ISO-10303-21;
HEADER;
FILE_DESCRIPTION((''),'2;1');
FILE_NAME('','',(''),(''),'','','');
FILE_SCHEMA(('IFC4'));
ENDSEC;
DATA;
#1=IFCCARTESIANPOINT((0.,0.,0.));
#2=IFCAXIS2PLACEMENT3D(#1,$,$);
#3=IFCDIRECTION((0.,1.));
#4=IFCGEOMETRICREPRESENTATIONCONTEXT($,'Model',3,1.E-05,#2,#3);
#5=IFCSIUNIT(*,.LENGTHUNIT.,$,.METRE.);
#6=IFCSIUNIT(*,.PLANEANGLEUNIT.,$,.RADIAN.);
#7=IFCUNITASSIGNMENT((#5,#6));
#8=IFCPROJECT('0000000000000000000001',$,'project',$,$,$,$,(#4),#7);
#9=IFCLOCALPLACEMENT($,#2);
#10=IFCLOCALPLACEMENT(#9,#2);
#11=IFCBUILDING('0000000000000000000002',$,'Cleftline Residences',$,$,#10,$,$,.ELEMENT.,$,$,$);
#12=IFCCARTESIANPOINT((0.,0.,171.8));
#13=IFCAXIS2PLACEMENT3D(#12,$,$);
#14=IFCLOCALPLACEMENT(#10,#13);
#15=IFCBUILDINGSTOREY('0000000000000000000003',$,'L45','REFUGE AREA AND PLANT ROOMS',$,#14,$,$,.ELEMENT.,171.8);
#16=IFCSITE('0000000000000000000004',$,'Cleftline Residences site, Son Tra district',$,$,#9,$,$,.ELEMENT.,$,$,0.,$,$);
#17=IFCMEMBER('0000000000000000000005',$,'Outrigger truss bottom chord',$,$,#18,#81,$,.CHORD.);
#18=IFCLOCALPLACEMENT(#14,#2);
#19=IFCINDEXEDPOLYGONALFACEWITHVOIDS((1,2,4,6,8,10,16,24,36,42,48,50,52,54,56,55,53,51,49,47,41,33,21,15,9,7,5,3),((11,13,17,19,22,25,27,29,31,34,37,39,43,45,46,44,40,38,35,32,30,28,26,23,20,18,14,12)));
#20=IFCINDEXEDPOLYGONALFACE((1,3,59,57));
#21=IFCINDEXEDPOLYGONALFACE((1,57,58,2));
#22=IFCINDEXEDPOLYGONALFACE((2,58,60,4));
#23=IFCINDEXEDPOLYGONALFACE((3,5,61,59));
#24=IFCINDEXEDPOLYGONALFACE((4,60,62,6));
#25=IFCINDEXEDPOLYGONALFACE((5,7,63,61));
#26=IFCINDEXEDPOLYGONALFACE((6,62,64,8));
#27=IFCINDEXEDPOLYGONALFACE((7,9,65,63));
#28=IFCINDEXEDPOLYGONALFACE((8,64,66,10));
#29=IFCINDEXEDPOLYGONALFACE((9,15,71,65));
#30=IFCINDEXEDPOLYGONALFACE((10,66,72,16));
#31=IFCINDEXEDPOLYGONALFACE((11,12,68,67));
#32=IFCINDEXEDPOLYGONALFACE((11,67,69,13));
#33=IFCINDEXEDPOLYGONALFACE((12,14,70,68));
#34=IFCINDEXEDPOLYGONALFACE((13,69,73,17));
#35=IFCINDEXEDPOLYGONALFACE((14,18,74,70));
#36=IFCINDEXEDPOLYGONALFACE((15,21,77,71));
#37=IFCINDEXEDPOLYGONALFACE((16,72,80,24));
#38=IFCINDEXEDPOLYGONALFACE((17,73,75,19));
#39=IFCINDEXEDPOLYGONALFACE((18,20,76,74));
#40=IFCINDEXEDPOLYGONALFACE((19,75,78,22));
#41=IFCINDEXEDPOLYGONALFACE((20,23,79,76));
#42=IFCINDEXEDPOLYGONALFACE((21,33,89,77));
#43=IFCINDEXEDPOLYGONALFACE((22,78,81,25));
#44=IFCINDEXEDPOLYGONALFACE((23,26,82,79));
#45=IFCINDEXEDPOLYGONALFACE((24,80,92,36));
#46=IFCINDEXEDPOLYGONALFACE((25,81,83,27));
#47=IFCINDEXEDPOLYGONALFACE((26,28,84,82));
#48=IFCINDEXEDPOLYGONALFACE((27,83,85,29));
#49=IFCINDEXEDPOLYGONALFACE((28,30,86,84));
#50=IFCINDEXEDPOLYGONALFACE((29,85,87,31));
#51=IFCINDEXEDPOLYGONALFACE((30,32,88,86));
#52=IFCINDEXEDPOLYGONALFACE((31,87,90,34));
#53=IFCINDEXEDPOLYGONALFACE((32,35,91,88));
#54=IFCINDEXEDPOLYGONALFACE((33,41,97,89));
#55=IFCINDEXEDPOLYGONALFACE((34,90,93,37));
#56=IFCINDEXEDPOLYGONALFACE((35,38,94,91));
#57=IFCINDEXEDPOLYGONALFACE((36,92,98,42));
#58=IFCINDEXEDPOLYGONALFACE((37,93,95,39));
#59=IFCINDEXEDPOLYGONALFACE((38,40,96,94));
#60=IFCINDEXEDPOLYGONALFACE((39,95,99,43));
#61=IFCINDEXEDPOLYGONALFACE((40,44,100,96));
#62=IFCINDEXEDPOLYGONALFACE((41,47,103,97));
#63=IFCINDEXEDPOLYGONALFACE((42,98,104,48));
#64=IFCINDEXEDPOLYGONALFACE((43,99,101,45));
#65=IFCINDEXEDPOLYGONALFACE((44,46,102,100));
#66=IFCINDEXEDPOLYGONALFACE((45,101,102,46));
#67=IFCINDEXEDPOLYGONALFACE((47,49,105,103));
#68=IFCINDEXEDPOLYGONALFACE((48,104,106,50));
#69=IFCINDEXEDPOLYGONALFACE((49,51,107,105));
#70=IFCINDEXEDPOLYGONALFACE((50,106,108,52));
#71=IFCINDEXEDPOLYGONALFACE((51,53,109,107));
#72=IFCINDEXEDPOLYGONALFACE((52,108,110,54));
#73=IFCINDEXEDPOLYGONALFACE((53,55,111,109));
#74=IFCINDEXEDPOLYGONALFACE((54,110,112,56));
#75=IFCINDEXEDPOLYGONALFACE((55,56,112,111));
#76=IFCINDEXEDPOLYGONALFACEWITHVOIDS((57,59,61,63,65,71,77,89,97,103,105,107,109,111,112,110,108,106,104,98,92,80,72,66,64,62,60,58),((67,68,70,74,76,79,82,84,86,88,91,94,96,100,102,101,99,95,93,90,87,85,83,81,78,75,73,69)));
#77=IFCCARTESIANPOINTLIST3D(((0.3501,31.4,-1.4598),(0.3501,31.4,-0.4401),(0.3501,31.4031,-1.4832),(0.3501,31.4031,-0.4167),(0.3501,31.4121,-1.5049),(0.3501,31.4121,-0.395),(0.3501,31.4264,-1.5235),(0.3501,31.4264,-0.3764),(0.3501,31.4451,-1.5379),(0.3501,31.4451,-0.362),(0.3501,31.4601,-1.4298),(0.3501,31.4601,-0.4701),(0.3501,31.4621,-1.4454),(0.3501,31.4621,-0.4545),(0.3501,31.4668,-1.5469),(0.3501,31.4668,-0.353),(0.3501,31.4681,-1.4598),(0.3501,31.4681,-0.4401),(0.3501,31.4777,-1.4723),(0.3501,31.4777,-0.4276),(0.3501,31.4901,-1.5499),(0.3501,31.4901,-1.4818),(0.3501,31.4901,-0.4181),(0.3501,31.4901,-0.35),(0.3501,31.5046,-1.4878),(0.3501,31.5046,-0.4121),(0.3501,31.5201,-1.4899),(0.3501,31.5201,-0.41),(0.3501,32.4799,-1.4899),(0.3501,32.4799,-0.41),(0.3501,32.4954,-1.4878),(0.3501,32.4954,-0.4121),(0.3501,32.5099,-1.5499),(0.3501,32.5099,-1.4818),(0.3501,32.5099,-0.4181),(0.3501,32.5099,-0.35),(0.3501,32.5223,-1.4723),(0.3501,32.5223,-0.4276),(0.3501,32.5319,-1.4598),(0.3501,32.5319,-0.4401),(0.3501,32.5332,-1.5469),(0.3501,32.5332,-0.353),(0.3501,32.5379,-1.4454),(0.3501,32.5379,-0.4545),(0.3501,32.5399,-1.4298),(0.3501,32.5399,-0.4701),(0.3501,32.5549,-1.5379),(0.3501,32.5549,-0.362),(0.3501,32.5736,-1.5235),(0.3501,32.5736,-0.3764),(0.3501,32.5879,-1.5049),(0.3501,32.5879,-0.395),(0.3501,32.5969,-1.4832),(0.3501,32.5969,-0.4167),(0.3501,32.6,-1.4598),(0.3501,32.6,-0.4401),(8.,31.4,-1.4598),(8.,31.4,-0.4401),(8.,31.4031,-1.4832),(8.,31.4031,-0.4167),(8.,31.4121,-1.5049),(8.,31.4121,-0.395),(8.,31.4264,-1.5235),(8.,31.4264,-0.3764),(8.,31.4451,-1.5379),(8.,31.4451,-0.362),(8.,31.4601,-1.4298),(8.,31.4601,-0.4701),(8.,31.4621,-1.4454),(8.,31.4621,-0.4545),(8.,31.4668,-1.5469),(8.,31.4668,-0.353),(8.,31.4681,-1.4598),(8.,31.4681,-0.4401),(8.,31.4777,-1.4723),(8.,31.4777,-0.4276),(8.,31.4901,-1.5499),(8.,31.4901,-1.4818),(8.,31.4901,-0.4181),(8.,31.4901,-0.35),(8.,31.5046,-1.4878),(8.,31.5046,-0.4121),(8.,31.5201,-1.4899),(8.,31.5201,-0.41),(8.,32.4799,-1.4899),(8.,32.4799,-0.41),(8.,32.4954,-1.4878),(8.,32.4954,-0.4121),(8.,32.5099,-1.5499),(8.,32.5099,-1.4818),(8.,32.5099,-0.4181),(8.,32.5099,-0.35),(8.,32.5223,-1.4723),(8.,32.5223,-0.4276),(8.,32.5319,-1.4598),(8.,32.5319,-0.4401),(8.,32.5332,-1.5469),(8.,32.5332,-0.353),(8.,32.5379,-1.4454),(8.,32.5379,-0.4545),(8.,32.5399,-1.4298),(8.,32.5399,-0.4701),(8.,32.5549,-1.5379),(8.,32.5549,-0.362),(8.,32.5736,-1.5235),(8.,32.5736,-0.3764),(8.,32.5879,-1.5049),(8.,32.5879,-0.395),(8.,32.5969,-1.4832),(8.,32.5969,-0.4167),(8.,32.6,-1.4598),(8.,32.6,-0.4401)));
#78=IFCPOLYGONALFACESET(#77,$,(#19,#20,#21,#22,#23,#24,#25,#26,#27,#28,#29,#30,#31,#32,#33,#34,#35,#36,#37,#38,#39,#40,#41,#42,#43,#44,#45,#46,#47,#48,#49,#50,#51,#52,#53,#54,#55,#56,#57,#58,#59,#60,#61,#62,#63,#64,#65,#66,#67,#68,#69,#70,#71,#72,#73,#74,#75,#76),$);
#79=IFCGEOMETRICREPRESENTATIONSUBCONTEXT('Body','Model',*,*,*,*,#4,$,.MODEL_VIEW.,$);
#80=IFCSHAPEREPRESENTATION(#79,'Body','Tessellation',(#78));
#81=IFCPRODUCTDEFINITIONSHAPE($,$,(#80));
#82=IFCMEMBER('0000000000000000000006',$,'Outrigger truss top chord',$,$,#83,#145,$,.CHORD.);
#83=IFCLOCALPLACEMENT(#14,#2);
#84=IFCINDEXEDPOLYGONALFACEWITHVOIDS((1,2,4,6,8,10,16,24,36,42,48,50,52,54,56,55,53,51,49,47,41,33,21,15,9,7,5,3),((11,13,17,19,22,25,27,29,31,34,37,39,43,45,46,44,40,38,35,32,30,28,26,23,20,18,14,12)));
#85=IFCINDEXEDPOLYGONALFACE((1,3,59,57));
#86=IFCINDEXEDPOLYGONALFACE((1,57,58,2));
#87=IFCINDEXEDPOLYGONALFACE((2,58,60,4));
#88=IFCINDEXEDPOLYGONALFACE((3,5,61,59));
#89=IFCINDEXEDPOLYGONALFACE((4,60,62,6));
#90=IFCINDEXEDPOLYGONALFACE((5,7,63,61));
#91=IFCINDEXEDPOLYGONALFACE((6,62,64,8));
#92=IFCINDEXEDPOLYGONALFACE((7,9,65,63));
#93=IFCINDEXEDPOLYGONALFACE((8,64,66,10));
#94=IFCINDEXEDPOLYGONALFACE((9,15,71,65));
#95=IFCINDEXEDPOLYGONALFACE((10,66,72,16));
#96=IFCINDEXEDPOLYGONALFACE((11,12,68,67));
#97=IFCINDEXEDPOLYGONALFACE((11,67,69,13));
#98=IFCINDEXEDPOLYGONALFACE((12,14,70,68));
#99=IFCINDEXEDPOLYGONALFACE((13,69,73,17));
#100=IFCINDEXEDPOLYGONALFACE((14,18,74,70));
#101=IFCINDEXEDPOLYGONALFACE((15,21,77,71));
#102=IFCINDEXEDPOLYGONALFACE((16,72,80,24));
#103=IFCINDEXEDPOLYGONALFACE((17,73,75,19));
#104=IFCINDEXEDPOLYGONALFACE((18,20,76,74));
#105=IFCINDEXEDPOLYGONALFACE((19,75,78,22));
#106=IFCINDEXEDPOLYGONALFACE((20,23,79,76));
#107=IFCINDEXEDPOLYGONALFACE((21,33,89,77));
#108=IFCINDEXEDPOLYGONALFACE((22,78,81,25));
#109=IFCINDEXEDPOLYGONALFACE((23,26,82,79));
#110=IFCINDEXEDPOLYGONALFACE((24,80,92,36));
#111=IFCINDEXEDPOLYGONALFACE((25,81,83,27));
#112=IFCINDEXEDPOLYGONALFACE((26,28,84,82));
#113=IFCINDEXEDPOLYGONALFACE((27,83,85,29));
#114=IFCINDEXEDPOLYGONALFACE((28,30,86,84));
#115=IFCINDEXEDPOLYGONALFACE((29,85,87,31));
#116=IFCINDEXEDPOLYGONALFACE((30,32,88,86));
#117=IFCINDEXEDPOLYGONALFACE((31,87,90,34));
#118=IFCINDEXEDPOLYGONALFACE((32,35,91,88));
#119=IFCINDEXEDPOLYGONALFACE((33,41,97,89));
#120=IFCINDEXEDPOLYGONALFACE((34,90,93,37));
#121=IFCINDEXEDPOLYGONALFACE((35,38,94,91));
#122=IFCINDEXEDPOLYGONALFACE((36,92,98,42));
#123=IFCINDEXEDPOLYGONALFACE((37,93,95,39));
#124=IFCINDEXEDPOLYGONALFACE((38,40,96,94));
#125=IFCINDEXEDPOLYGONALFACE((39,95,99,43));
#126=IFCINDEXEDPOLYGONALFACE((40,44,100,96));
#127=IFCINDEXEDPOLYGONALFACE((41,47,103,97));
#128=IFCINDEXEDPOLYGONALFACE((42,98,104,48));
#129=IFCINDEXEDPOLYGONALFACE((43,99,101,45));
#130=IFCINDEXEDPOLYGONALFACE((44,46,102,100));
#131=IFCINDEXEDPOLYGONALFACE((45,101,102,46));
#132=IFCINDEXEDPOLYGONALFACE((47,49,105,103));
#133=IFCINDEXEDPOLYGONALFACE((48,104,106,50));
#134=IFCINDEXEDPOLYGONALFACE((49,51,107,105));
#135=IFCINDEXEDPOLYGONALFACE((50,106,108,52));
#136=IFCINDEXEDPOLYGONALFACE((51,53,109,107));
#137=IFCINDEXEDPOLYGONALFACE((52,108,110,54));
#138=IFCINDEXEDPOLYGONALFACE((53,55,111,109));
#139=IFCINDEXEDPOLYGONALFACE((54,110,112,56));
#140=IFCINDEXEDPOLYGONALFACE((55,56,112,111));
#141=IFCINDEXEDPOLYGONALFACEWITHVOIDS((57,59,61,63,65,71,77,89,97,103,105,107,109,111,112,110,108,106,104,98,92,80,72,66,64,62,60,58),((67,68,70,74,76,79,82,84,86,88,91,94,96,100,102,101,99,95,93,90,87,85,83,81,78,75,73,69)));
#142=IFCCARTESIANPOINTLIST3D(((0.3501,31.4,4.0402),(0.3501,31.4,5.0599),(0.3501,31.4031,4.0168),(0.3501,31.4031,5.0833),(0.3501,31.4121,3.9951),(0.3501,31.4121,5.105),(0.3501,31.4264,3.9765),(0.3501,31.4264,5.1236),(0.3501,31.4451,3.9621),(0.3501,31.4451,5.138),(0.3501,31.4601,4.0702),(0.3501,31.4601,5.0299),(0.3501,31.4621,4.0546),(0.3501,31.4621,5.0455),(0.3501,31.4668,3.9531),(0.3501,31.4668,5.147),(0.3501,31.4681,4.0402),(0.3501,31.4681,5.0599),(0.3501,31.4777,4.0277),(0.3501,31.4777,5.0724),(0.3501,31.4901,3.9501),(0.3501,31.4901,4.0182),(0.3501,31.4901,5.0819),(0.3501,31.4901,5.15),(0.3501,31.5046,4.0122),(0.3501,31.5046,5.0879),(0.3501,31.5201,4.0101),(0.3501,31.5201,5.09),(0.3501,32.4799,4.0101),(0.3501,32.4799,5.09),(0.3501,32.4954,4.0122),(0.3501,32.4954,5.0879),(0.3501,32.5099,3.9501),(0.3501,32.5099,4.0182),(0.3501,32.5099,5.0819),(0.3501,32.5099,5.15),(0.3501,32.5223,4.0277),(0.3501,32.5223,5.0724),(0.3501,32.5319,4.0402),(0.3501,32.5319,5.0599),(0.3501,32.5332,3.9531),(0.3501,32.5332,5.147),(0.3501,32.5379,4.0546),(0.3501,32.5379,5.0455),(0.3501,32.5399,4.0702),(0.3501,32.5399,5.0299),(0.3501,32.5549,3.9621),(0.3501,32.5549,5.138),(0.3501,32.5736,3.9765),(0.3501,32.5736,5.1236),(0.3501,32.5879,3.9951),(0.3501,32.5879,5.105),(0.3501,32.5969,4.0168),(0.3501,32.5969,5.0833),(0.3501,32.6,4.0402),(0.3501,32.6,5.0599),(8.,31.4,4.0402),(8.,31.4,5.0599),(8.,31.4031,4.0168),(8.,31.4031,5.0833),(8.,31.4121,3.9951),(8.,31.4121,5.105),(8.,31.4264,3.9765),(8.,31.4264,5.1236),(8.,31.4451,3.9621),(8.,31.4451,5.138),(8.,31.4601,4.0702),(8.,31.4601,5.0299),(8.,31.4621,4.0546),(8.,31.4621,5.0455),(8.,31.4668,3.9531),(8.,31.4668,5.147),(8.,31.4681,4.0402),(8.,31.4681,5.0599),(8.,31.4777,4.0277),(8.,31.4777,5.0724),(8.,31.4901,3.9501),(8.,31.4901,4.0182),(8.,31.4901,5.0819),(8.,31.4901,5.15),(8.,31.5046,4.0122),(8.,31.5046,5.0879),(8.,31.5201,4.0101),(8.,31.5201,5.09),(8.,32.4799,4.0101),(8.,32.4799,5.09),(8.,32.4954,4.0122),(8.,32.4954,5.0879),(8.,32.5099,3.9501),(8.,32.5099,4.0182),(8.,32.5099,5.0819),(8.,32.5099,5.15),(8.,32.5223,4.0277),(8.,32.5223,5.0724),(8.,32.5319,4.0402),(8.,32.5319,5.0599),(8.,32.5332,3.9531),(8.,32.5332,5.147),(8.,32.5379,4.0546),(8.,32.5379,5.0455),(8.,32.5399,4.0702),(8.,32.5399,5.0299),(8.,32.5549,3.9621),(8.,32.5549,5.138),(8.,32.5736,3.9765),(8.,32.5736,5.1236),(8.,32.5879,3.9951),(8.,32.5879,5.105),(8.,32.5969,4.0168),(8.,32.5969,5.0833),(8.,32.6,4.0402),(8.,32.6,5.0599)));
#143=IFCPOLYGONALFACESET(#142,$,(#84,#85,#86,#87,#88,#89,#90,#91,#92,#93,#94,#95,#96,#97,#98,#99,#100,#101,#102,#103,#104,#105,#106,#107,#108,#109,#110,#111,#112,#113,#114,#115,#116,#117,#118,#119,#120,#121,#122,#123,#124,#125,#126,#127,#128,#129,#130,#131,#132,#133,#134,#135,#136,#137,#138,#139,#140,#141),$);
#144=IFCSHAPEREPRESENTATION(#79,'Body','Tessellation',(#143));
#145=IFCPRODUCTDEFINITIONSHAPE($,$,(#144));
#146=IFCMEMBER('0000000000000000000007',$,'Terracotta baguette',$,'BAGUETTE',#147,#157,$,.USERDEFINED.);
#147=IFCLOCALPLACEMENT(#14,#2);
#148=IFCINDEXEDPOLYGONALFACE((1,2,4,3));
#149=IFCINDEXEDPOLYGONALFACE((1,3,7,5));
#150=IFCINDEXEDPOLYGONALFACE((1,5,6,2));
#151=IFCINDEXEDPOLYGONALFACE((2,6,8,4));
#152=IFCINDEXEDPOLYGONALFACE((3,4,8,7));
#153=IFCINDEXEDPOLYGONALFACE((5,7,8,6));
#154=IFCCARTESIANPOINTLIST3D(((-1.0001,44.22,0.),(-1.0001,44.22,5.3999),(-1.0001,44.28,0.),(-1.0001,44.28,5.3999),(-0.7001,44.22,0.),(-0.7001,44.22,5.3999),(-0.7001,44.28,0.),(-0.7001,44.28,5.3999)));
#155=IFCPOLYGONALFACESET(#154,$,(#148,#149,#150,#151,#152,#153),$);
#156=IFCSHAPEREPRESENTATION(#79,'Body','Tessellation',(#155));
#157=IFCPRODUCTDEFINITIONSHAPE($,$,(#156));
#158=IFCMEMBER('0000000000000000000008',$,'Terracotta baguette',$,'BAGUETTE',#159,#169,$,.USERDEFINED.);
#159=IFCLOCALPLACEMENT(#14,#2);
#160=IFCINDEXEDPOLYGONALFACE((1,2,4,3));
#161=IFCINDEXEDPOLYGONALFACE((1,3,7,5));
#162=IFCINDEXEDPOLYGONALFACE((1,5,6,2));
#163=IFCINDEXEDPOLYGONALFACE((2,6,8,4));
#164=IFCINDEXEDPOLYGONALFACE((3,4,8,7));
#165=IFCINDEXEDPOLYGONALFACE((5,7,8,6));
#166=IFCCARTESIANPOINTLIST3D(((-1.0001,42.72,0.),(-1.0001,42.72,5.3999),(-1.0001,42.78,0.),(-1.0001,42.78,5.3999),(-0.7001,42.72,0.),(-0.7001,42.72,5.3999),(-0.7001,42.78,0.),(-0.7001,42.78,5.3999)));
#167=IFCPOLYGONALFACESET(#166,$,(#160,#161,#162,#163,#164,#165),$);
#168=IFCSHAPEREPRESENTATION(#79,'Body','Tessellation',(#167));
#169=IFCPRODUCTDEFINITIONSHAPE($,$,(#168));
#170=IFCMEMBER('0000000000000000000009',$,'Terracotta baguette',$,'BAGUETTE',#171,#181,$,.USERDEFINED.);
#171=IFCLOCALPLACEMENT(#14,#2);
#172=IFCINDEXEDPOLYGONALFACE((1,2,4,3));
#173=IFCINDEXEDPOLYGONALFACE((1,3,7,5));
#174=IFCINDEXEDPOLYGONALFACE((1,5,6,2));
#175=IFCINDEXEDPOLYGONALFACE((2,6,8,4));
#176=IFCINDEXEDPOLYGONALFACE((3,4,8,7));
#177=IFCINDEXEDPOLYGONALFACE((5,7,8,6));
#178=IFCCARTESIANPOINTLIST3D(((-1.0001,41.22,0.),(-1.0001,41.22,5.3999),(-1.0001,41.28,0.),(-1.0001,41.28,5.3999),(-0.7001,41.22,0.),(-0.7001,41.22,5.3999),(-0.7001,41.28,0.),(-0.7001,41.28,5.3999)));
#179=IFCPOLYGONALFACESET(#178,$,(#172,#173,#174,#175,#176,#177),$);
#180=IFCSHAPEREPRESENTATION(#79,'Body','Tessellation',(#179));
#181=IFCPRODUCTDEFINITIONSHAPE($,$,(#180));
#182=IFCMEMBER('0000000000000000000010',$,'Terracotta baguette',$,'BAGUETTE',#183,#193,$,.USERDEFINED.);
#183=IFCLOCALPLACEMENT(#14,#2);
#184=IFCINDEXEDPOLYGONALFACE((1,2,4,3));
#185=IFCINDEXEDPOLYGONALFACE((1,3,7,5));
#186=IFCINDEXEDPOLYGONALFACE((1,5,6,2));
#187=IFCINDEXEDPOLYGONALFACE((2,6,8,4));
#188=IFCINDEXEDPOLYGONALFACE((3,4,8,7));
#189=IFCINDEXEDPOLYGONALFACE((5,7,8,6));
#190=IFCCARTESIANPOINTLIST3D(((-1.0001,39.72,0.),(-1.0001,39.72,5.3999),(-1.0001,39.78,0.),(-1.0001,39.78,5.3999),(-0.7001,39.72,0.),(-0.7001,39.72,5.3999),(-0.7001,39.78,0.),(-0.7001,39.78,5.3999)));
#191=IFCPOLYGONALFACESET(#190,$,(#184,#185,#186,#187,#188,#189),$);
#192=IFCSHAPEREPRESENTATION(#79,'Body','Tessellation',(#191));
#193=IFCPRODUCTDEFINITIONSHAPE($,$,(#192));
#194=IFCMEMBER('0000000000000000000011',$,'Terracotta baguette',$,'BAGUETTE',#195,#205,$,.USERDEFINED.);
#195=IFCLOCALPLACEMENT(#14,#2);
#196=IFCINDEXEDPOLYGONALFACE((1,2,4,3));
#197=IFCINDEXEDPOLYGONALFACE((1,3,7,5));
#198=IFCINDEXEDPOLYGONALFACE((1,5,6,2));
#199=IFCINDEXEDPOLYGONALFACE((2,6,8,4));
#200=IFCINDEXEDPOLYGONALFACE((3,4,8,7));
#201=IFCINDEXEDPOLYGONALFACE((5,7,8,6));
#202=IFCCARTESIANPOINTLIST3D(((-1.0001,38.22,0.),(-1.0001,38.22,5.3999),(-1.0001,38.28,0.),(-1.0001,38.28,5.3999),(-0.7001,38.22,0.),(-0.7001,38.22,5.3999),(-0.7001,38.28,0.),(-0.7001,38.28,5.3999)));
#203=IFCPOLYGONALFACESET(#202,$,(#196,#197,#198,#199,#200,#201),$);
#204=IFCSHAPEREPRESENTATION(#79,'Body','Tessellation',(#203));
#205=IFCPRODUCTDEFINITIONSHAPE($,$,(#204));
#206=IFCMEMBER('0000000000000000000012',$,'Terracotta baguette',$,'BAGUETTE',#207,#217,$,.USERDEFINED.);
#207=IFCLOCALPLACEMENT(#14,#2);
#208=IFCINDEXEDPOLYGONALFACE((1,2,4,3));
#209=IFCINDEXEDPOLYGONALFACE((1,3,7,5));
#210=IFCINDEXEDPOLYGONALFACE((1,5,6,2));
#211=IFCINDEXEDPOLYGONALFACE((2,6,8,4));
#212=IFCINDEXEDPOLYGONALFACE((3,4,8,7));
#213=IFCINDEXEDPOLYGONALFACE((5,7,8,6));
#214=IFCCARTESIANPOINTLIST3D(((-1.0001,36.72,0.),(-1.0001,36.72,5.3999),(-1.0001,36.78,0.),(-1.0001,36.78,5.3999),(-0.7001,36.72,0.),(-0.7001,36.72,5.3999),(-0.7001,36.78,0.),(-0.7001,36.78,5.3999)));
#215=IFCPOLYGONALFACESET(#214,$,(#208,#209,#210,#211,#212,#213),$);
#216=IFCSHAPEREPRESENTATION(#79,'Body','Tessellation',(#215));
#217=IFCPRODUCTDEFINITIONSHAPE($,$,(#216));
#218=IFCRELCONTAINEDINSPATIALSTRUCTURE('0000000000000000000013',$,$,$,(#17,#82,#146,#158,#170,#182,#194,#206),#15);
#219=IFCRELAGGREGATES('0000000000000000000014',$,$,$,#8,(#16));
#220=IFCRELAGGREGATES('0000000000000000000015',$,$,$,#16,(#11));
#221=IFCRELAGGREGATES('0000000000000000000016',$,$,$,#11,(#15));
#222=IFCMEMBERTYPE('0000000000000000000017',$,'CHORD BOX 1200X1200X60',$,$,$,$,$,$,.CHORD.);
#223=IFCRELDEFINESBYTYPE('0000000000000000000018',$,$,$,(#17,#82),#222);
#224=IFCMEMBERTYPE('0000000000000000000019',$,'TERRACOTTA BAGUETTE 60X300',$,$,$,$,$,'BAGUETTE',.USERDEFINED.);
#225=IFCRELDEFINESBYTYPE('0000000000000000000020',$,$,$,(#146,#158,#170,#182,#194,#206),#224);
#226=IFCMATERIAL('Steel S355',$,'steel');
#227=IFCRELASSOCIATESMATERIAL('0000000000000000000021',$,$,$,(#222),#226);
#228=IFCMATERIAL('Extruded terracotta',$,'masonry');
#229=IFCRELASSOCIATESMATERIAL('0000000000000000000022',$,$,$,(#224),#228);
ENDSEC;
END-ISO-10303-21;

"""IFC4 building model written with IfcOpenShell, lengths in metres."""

from ifc_helpers import new_model, si_unit, direction, frame, origin, origin_2d, place, context, subcontext, project, spatial, rectangle, hollow_rectangle, extrude, material, material_profile, profile_set, type_object, element, save


model = new_model("IFC4")

# Units and contexts
model_context = context("Model", 3, precision=1e-05, world=origin(), true_north=direction((0.0, 1.0)))
body_context = subcontext(model_context, "Body", "Model", "MODEL_VIEW")
ifc_project = project(units=[si_unit("LENGTHUNIT", "METRE"), si_unit("PLANEANGLEUNIT", "RADIAN")], contexts=[model_context])

# Site, building, storey
site_placement = place(None, origin())
site = spatial("IfcSite", under=ifc_project, at=site_placement, Name="Cleftline Residences site, Son Tra district", CompositionType="ELEMENT", RefElevation=0.0)
building_placement = place(site_placement, origin())
building = spatial("IfcBuilding", under=site, at=building_placement, Name="Cleftline Residences", CompositionType="ELEMENT")
storey_placement = place(building_placement, frame((0.0, 0.0, 171.8)))
storey = spatial("IfcBuildingStorey", under=building, at=storey_placement, Name="L45", Description="REFUGE AREA AND PLANT ROOMS", CompositionType="ELEMENT", Elevation=171.8)

# Members
ifc_material_1 = material(Name="Steel S355", Category="steel")
ifc_material_profile_1 = material_profile(ifc_material_1, hollow_rectangle(XDim=1.2, YDim=1.2, WallThickness=0.0601, InnerFilletRadius=0.0601, OuterFilletRadius=0.0901, at=origin_2d()))
ifc_profile_set_1 = profile_set([ifc_material_profile_1], Name="Steel S355")
member_type_1 = type_object("IfcMemberType", Name="CHORD BOX 1200X1200X60", PredefinedType="CHORD", material=ifc_profile_set_1)
for number, where, z_axis, x_axis, name in (
    (1, (8.0, 32.0, -0.95), (-1.0, 0.0, 0.0), (0.0, -1.0, 0.0), "Outrigger truss bottom chord"),
    (2, (8.0, 32.0, 4.55), (-1.0, 0.0, 0.0), (0.0, -1.0, 0.0), "Outrigger truss top chord"),
):
    element("IfcMember", number, at=place(storey_placement, frame(where, z_axis=z_axis, x_axis=x_axis)), inside=storey, type_object=member_type_1, Name=name, PredefinedType="CHORD", context=body_context, shape_type="SweptSolid", body=[
        extrude(hollow_rectangle(XDim=1.2, YDim=1.2, WallThickness=0.0601, InnerFilletRadius=0.0601, OuterFilletRadius=0.0901, at=origin_2d()), origin(), (0.0, 0.0, 1.0), 7.6499),
    ])
ifc_material_2 = material(Name="Extruded terracotta", Category="masonry")
ifc_material_profile_2 = material_profile(ifc_material_2, rectangle(XDim=0.0601, YDim=0.3, at=origin_2d()))
ifc_profile_set_2 = profile_set([ifc_material_profile_2], Name="Extruded terracotta")
member_type_2 = type_object("IfcMemberType", Name="TERRACOTTA BAGUETTE 60X300", ElementType="BAGUETTE", PredefinedType="USERDEFINED", material=ifc_profile_set_2)
for number, where, z_axis, x_axis, name in (
    (3, (-0.8501, 44.25, 0.0), (0.0, 0.0, 1.0), (0.0, 1.0, 0.0), "Terracotta baguette"),
    (4, (-0.8501, 42.75, 0.0), (0.0, 0.0, 1.0), (0.0, 1.0, 0.0), "Terracotta baguette"),
    (5, (-0.8501, 41.25, 0.0), (0.0, 0.0, 1.0), (0.0, 1.0, 0.0), "Terracotta baguette"),
    (6, (-0.8501, 39.75, 0.0), (0.0, 0.0, 1.0), (0.0, 1.0, 0.0), "Terracotta baguette"),
    (7, (-0.8501, 38.25, 0.0), (0.0, 0.0, 1.0), (0.0, 1.0, 0.0), "Terracotta baguette"),
    (8, (-0.8501, 36.75, 0.0), (0.0, 0.0, 1.0), (0.0, 1.0, 0.0), "Terracotta baguette"),
):
    element("IfcMember", number, at=place(storey_placement, frame(where, z_axis=z_axis, x_axis=x_axis)), inside=storey, type_object=member_type_2, Name=name, ObjectType="BAGUETTE", PredefinedType="USERDEFINED", context=body_context, shape_type="SweptSolid", body=[
        extrude(rectangle(XDim=0.0601, YDim=0.3, at=origin_2d()), origin(), (0.0, 0.0, 1.0), 5.3999),
    ])

save(model, "model.ifc")
